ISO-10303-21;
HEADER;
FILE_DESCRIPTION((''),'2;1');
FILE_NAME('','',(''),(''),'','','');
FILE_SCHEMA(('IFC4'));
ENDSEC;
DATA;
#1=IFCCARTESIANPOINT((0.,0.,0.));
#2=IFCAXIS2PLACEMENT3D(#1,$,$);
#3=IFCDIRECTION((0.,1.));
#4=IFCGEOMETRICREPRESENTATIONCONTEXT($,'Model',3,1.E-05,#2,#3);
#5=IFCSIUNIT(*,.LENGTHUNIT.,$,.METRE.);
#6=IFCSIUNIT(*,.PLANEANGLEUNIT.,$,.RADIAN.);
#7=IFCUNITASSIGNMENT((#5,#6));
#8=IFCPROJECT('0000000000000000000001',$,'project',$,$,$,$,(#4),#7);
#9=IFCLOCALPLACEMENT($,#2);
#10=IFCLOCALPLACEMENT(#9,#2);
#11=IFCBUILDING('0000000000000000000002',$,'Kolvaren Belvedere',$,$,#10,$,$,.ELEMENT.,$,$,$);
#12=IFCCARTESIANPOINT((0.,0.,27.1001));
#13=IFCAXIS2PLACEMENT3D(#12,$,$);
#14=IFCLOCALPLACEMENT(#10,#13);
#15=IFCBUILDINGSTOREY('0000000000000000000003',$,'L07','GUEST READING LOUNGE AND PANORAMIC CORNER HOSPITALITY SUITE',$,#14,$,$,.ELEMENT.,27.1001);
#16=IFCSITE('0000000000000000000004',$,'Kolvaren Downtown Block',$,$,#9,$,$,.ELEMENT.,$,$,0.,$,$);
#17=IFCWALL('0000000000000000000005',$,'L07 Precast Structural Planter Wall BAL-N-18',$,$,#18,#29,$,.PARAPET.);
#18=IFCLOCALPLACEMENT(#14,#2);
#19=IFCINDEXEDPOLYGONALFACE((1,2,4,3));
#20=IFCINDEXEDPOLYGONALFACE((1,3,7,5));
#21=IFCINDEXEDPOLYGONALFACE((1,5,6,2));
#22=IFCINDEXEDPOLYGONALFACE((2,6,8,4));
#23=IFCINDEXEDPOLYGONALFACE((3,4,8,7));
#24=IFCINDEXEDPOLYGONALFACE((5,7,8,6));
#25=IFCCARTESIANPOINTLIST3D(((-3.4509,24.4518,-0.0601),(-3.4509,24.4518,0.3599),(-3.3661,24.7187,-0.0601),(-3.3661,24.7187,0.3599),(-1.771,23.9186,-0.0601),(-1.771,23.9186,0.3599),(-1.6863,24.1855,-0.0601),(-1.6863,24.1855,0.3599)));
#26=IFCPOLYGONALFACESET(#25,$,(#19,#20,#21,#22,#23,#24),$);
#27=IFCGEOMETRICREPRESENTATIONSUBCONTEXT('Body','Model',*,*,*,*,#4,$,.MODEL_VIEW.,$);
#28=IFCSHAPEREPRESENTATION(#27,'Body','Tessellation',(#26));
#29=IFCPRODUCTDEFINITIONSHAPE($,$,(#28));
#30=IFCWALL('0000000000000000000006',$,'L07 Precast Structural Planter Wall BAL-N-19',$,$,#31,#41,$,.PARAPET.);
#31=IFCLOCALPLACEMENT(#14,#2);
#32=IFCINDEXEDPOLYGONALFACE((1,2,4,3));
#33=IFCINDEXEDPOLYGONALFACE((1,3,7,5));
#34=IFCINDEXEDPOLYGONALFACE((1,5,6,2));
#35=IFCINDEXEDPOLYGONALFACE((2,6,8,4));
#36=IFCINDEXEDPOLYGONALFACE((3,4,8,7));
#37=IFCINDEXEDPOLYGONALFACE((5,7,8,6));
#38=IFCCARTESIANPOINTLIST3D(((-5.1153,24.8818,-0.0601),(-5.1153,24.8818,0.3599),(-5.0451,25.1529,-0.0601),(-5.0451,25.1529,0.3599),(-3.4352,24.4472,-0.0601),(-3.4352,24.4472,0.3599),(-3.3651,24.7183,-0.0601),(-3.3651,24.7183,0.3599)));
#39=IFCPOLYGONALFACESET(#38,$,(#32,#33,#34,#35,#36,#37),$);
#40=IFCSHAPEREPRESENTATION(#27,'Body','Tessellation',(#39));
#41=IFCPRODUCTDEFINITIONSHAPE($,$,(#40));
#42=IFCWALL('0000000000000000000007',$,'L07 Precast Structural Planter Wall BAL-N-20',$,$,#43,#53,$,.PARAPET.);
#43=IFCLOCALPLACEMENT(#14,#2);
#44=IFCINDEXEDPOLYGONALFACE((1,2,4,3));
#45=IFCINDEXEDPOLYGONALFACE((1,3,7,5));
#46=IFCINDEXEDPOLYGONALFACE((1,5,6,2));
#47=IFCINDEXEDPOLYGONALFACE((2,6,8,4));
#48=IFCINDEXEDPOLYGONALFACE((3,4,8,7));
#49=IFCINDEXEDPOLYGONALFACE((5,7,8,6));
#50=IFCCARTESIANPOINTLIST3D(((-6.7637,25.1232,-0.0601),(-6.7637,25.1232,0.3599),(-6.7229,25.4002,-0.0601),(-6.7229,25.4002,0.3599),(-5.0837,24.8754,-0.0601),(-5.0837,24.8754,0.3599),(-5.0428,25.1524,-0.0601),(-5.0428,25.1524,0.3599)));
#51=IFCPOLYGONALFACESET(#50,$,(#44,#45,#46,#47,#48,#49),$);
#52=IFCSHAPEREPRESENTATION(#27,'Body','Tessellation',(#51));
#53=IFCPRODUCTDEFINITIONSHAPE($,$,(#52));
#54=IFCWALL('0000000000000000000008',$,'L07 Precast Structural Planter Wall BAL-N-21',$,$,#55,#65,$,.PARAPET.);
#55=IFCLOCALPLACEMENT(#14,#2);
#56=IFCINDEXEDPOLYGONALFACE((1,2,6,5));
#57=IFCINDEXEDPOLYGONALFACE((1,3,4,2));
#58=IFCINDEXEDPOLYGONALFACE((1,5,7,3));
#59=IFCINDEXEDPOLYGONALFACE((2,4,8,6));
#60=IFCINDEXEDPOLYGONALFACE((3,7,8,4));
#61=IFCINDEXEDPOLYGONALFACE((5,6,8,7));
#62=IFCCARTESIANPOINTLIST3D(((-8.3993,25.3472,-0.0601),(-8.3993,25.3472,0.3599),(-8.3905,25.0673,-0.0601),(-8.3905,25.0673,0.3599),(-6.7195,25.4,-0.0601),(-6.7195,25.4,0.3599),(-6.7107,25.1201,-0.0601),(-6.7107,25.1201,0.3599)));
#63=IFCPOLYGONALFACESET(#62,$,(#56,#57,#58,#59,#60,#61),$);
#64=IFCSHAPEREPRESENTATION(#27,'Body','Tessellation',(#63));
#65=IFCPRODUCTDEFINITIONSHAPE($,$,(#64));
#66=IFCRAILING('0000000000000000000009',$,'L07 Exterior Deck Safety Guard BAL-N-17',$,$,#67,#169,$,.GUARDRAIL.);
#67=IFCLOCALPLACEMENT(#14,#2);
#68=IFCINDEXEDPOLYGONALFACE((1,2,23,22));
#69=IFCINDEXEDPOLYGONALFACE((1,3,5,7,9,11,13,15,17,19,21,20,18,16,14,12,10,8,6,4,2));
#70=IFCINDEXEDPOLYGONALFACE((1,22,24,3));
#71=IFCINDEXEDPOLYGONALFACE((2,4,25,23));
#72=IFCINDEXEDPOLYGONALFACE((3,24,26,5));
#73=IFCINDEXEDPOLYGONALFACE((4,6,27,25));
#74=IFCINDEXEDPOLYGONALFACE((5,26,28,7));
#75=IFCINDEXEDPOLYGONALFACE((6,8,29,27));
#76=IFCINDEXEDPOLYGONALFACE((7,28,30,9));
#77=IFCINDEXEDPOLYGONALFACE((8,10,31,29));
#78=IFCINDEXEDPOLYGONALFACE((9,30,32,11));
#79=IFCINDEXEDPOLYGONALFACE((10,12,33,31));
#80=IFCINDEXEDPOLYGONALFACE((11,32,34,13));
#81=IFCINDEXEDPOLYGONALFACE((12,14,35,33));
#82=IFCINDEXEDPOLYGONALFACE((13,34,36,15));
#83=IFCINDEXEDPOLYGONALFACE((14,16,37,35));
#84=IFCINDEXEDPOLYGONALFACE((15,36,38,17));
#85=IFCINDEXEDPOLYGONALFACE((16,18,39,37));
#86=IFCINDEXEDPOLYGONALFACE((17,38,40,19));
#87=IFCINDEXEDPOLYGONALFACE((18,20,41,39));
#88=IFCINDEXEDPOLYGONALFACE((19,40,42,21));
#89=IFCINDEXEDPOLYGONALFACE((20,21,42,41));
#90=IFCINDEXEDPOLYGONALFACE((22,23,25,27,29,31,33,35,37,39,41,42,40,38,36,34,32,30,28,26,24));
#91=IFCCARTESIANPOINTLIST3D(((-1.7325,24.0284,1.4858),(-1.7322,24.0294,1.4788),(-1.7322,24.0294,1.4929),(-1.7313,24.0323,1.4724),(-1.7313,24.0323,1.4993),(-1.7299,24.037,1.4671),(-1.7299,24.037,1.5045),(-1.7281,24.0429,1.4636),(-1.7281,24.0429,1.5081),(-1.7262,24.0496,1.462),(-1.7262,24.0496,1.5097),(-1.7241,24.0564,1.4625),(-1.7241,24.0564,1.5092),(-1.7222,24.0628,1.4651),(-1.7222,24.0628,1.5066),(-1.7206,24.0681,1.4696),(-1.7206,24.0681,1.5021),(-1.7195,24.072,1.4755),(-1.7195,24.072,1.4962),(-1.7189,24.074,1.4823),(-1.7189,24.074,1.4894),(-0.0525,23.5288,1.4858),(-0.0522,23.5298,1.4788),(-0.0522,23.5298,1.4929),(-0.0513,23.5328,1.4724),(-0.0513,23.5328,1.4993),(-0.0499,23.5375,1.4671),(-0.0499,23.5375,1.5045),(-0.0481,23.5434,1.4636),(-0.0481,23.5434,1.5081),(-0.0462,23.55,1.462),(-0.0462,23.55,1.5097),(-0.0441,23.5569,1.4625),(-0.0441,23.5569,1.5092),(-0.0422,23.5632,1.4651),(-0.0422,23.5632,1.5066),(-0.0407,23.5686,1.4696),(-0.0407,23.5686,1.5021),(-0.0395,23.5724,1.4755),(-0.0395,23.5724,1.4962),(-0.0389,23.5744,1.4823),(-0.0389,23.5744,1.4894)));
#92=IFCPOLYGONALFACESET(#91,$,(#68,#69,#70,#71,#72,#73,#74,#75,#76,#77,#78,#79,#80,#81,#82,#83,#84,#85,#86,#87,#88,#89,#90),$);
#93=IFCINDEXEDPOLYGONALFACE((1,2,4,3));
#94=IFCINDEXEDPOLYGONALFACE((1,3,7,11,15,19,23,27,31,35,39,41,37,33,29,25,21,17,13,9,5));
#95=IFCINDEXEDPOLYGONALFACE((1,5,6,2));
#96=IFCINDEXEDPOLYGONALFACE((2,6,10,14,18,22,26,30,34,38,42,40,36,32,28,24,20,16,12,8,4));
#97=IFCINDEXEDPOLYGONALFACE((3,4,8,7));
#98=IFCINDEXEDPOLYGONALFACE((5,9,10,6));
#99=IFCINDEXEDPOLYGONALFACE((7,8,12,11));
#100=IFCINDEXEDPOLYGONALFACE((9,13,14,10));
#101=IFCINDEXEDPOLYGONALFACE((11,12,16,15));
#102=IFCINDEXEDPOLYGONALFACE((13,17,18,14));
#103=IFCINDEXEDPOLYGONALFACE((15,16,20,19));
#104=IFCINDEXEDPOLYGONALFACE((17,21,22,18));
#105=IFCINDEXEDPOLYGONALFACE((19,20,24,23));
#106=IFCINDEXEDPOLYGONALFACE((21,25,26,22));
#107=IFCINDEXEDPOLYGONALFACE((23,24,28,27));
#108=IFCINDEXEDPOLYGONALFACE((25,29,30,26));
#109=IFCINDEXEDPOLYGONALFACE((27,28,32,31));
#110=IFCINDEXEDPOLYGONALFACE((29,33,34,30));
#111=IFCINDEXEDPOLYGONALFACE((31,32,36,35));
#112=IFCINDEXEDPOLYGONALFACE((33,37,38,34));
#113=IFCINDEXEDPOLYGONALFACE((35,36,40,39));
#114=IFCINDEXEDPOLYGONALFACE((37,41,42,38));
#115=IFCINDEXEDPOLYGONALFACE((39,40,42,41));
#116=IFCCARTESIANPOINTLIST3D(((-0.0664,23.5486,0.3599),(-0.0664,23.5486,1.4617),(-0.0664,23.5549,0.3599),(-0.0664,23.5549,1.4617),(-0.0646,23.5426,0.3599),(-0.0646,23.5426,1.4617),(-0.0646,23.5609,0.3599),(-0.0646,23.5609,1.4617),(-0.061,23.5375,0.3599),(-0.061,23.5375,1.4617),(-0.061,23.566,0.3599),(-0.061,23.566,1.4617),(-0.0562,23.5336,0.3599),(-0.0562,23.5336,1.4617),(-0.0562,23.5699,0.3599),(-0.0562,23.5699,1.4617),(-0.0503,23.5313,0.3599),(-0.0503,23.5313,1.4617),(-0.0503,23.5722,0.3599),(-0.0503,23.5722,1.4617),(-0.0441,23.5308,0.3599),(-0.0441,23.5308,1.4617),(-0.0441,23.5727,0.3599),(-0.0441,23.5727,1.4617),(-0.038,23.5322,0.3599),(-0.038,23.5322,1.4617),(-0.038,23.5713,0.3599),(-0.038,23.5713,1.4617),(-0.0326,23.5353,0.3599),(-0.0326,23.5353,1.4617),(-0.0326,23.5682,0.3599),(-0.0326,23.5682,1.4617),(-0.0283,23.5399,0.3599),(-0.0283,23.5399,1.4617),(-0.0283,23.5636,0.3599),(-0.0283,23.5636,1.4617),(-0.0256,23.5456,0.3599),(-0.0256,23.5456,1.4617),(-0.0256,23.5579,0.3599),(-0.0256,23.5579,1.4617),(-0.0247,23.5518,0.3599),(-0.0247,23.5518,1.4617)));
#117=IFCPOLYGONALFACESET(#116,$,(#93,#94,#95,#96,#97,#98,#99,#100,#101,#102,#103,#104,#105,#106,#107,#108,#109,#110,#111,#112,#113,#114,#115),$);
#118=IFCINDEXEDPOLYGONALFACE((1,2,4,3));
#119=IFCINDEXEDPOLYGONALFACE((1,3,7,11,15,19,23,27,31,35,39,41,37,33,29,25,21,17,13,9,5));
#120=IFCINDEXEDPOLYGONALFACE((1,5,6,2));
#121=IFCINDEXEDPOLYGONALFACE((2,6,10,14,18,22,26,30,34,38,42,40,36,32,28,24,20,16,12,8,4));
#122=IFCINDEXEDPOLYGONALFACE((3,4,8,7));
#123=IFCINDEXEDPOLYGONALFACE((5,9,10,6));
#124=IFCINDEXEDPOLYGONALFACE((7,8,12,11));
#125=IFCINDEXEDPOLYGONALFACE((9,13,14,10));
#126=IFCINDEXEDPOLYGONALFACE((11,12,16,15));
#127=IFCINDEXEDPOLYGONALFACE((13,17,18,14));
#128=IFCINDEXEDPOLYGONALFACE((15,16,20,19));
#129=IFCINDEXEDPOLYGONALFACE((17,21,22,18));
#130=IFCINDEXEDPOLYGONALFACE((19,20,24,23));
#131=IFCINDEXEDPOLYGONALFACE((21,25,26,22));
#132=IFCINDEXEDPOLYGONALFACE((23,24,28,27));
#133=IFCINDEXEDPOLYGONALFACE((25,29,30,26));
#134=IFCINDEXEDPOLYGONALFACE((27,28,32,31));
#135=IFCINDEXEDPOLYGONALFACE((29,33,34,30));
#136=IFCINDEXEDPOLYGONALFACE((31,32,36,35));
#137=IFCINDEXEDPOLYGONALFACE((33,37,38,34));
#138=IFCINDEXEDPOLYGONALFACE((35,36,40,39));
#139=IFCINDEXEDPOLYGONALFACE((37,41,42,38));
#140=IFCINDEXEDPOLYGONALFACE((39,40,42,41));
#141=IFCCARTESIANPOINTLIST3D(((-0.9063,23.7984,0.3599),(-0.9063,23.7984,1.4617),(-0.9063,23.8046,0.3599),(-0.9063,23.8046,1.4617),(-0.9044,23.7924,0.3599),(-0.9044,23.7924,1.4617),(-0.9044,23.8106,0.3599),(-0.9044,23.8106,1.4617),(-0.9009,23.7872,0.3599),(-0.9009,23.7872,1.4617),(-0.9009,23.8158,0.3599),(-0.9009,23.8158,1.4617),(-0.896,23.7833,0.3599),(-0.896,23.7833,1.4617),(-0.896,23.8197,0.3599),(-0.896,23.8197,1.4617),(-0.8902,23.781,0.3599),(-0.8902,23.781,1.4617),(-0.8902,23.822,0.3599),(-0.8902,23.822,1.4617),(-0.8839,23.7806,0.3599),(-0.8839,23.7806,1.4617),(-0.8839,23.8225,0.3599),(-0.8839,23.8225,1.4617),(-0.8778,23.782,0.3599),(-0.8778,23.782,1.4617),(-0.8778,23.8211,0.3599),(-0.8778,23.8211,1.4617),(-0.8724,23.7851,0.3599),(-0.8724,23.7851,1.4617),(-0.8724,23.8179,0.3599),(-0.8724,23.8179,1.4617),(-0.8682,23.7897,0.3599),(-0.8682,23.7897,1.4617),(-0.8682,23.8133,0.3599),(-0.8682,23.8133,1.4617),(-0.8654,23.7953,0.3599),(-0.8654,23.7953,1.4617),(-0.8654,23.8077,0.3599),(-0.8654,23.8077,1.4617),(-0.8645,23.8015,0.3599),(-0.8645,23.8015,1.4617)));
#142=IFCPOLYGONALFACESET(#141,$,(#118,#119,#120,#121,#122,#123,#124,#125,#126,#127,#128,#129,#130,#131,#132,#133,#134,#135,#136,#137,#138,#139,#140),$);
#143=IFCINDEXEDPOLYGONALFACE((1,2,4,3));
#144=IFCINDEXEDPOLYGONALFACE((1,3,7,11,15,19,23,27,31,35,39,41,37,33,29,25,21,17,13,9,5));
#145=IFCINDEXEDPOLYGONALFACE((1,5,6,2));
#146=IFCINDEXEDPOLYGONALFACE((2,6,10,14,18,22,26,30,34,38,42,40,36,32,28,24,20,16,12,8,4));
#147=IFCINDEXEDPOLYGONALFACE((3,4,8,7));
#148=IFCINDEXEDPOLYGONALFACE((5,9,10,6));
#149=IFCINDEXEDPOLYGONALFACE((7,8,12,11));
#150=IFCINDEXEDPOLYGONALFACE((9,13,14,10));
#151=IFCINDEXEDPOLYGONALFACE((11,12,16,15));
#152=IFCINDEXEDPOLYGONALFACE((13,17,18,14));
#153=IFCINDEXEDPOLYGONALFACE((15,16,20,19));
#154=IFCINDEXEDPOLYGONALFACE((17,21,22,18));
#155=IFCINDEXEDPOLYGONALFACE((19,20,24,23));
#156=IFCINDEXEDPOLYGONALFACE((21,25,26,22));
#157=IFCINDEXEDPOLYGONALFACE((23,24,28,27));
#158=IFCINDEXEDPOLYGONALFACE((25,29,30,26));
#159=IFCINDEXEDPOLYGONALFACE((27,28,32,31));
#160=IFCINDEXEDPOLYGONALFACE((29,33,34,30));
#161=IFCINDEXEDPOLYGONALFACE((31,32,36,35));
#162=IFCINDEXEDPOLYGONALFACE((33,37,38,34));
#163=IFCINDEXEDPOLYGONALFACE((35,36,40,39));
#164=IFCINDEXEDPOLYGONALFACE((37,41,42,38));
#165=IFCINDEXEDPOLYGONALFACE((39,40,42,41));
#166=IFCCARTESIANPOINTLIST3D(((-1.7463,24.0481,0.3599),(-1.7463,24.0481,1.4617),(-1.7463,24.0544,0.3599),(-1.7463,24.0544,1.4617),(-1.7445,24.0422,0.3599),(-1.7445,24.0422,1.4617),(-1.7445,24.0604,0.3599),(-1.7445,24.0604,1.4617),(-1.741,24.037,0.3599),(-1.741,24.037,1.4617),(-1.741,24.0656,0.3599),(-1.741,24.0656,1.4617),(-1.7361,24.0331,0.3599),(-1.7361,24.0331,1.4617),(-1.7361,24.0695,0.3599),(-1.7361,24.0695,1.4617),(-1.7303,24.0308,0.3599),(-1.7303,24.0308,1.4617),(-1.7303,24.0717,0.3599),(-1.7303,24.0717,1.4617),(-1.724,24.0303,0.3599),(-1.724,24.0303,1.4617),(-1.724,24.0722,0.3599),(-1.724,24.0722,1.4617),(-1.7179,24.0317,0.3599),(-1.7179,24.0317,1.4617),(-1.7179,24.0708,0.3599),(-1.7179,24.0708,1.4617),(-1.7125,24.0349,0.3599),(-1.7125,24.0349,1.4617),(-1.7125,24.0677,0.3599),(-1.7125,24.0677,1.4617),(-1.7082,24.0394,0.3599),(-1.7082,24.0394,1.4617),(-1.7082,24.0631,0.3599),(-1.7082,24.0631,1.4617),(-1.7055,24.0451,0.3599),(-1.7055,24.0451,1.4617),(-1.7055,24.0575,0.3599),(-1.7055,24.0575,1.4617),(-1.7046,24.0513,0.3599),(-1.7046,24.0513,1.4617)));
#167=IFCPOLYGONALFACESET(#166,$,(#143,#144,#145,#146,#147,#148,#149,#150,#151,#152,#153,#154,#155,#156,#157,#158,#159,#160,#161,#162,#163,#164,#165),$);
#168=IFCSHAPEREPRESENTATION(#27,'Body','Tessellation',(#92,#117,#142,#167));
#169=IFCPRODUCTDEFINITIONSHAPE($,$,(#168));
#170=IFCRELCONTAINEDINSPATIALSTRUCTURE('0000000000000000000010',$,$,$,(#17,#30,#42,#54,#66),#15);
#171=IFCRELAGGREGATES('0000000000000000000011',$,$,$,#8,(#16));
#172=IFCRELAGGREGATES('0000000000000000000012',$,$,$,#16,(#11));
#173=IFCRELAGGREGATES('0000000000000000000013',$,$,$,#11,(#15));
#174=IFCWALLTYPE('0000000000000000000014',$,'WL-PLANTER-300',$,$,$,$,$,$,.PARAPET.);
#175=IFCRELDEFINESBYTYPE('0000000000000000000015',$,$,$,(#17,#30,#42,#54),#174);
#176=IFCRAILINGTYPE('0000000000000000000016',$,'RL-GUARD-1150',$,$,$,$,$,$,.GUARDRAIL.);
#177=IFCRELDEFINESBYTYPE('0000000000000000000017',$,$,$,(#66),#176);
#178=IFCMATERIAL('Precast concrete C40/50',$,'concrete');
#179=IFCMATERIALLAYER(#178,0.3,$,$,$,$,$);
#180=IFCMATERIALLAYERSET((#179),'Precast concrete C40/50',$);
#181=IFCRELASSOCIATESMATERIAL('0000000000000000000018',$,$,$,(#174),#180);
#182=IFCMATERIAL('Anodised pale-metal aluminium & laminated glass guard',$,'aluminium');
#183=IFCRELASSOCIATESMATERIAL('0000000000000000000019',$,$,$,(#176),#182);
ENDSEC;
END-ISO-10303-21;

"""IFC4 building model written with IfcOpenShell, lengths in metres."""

from ifc_helpers import new_model, si_unit, direction, frame, frame_2d, origin, origin_2d, place, context, subcontext, project, spatial, rectangle, circle, extrude, material, layer, layer_set, type_object, element, save


model = new_model("IFC4")

# Units and contexts
model_context = context("Model", 3, precision=1e-05, world=origin(), true_north=direction((0.0, 1.0)))
body_context = subcontext(model_context, "Body", "Model", "MODEL_VIEW")
ifc_project = project(units=[si_unit("LENGTHUNIT", "METRE"), si_unit("PLANEANGLEUNIT", "RADIAN")], contexts=[model_context])

# Site, building, storey
site_placement = place(None, origin())
site = spatial("IfcSite", under=ifc_project, at=site_placement, Name="Kolvaren Downtown Block", CompositionType="ELEMENT", RefElevation=0.0)
building_placement = place(site_placement, origin())
building = spatial("IfcBuilding", under=site, at=building_placement, Name="Kolvaren Belvedere", CompositionType="ELEMENT")
storey_placement = place(building_placement, frame((0.0, 0.0, 27.1001)))
storey = spatial("IfcBuildingStorey", under=building, at=storey_placement, Name="L07", Description="GUEST READING LOUNGE AND PANORAMIC CORNER HOSPITALITY SUITE", CompositionType="ELEMENT", Elevation=27.1001)

# Walls
ifc_material_1 = material(Name="Precast concrete C40/50", Category="concrete")
ifc_layer_1 = layer(ifc_material_1, 0.3)
ifc_layer_set_1 = layer_set([ifc_layer_1], Name="Precast concrete C40/50")
wall_type_1 = type_object("IfcWallType", Name="WL-PLANTER-300", PredefinedType="PARAPET", material=ifc_layer_set_1)
wall_1_placement = place(storey_placement, frame((-1.7285, 24.052, -0.0601), z_axis=(0.0, 0.0, 1.0), x_axis=(-0.953142, 0.302523, 0.0)))
element("IfcWall", 1, at=wall_1_placement, inside=storey, type_object=wall_type_1, Name="L07 Precast Structural Planter Wall BAL-N-18", PredefinedType="PARAPET", context=body_context, shape_type="SweptSolid", body=[
    extrude(rectangle(XDim=1.7625, YDim=0.28, at=frame_2d((0.8813, 0.0))), origin(), (0.0, 0.0, 1.0), 0.4199),
])
wall_2_placement = place(storey_placement, frame((-3.4001, 24.5828, -0.0601), z_axis=(0.0, 0.0, 1.0), x_axis=(-0.968132, 0.25044, 0.0)))
element("IfcWall", 2, at=wall_2_placement, inside=storey, type_object=wall_type_1, Name="L07 Precast Structural Planter Wall BAL-N-19", PredefinedType="PARAPET", context=body_context, shape_type="SweptSolid", body=[
    extrude(rectangle(XDim=1.7354, YDim=0.28, at=frame_2d((0.8677, 0.0))), origin(), (0.0, 0.0, 1.0), 0.4199),
])
wall_3_placement = place(storey_placement, frame((-5.0632, 25.0139, -0.0601), z_axis=(0.0, 0.0, 1.0), x_axis=(-0.989298, 0.145908, 0.0)))
element("IfcWall", 3, at=wall_3_placement, inside=storey, type_object=wall_type_1, Name="L07 Precast Structural Planter Wall BAL-N-20", PredefinedType="PARAPET", context=body_context, shape_type="SweptSolid", body=[
    extrude(rectangle(XDim=1.6982, YDim=0.28, at=frame_2d((0.8491, 0.0))), origin(), (0.0, 0.0, 1.0), 0.4199),
])
wall_4_placement = place(storey_placement, frame((-6.7151, 25.26, -0.0601), z_axis=(0.0, 0.0, 1.0), x_axis=(-0.999508, -0.031375, 0.0)))
element("IfcWall", 4, at=wall_4_placement, inside=storey, type_object=wall_type_1, Name="L07 Precast Structural Planter Wall BAL-N-21", PredefinedType="PARAPET", context=body_context, shape_type="SweptSolid", body=[
    extrude(rectangle(XDim=1.6807, YDim=0.28, at=frame_2d((0.8403, 0.0))), origin(), (0.0, 0.0, 1.0), 0.4199),
])

# Railing
ifc_material_2 = material(Name="Anodised pale-metal aluminium & laminated glass guard", Category="aluminium")
railing_type = type_object("IfcRailingType", Name="RL-GUARD-1150", PredefinedType="GUARDRAIL", material=ifc_material_2)
railing_1_placement = place(storey_placement, frame((-0.0457, 23.5518, 0.3599)))
element("IfcRailing", 5, at=railing_1_placement, inside=storey, type_object=railing_type, Name="L07 Exterior Deck Safety Guard BAL-N-17", PredefinedType="GUARDRAIL", context=body_context, shape_type="SweptSolid", body=[
    extrude(circle(Radius=0.0239, at=origin_2d()), frame((0.0, 0.0, 1.126), z_axis=(-0.958525, 0.285008, 0.0), x_axis=(-0.285008, -0.958525, 0.0)), (0.0, 0.0, 1.0), 1.7527),
    extrude(circle(Radius=0.021, at=origin_2d()), origin(), (0.0, 0.0, 1.0), 1.1018),
    extrude(circle(Radius=0.021, at=origin_2d()), frame((-0.8398, 0.2498, 0.0)), (0.0, 0.0, 1.0), 1.1018),
    extrude(circle(Radius=0.021, at=origin_2d()), frame((-1.6799, 0.4995, 0.0)), (0.0, 0.0, 1.0), 1.1018),
])

save(model, "model.ifc")
